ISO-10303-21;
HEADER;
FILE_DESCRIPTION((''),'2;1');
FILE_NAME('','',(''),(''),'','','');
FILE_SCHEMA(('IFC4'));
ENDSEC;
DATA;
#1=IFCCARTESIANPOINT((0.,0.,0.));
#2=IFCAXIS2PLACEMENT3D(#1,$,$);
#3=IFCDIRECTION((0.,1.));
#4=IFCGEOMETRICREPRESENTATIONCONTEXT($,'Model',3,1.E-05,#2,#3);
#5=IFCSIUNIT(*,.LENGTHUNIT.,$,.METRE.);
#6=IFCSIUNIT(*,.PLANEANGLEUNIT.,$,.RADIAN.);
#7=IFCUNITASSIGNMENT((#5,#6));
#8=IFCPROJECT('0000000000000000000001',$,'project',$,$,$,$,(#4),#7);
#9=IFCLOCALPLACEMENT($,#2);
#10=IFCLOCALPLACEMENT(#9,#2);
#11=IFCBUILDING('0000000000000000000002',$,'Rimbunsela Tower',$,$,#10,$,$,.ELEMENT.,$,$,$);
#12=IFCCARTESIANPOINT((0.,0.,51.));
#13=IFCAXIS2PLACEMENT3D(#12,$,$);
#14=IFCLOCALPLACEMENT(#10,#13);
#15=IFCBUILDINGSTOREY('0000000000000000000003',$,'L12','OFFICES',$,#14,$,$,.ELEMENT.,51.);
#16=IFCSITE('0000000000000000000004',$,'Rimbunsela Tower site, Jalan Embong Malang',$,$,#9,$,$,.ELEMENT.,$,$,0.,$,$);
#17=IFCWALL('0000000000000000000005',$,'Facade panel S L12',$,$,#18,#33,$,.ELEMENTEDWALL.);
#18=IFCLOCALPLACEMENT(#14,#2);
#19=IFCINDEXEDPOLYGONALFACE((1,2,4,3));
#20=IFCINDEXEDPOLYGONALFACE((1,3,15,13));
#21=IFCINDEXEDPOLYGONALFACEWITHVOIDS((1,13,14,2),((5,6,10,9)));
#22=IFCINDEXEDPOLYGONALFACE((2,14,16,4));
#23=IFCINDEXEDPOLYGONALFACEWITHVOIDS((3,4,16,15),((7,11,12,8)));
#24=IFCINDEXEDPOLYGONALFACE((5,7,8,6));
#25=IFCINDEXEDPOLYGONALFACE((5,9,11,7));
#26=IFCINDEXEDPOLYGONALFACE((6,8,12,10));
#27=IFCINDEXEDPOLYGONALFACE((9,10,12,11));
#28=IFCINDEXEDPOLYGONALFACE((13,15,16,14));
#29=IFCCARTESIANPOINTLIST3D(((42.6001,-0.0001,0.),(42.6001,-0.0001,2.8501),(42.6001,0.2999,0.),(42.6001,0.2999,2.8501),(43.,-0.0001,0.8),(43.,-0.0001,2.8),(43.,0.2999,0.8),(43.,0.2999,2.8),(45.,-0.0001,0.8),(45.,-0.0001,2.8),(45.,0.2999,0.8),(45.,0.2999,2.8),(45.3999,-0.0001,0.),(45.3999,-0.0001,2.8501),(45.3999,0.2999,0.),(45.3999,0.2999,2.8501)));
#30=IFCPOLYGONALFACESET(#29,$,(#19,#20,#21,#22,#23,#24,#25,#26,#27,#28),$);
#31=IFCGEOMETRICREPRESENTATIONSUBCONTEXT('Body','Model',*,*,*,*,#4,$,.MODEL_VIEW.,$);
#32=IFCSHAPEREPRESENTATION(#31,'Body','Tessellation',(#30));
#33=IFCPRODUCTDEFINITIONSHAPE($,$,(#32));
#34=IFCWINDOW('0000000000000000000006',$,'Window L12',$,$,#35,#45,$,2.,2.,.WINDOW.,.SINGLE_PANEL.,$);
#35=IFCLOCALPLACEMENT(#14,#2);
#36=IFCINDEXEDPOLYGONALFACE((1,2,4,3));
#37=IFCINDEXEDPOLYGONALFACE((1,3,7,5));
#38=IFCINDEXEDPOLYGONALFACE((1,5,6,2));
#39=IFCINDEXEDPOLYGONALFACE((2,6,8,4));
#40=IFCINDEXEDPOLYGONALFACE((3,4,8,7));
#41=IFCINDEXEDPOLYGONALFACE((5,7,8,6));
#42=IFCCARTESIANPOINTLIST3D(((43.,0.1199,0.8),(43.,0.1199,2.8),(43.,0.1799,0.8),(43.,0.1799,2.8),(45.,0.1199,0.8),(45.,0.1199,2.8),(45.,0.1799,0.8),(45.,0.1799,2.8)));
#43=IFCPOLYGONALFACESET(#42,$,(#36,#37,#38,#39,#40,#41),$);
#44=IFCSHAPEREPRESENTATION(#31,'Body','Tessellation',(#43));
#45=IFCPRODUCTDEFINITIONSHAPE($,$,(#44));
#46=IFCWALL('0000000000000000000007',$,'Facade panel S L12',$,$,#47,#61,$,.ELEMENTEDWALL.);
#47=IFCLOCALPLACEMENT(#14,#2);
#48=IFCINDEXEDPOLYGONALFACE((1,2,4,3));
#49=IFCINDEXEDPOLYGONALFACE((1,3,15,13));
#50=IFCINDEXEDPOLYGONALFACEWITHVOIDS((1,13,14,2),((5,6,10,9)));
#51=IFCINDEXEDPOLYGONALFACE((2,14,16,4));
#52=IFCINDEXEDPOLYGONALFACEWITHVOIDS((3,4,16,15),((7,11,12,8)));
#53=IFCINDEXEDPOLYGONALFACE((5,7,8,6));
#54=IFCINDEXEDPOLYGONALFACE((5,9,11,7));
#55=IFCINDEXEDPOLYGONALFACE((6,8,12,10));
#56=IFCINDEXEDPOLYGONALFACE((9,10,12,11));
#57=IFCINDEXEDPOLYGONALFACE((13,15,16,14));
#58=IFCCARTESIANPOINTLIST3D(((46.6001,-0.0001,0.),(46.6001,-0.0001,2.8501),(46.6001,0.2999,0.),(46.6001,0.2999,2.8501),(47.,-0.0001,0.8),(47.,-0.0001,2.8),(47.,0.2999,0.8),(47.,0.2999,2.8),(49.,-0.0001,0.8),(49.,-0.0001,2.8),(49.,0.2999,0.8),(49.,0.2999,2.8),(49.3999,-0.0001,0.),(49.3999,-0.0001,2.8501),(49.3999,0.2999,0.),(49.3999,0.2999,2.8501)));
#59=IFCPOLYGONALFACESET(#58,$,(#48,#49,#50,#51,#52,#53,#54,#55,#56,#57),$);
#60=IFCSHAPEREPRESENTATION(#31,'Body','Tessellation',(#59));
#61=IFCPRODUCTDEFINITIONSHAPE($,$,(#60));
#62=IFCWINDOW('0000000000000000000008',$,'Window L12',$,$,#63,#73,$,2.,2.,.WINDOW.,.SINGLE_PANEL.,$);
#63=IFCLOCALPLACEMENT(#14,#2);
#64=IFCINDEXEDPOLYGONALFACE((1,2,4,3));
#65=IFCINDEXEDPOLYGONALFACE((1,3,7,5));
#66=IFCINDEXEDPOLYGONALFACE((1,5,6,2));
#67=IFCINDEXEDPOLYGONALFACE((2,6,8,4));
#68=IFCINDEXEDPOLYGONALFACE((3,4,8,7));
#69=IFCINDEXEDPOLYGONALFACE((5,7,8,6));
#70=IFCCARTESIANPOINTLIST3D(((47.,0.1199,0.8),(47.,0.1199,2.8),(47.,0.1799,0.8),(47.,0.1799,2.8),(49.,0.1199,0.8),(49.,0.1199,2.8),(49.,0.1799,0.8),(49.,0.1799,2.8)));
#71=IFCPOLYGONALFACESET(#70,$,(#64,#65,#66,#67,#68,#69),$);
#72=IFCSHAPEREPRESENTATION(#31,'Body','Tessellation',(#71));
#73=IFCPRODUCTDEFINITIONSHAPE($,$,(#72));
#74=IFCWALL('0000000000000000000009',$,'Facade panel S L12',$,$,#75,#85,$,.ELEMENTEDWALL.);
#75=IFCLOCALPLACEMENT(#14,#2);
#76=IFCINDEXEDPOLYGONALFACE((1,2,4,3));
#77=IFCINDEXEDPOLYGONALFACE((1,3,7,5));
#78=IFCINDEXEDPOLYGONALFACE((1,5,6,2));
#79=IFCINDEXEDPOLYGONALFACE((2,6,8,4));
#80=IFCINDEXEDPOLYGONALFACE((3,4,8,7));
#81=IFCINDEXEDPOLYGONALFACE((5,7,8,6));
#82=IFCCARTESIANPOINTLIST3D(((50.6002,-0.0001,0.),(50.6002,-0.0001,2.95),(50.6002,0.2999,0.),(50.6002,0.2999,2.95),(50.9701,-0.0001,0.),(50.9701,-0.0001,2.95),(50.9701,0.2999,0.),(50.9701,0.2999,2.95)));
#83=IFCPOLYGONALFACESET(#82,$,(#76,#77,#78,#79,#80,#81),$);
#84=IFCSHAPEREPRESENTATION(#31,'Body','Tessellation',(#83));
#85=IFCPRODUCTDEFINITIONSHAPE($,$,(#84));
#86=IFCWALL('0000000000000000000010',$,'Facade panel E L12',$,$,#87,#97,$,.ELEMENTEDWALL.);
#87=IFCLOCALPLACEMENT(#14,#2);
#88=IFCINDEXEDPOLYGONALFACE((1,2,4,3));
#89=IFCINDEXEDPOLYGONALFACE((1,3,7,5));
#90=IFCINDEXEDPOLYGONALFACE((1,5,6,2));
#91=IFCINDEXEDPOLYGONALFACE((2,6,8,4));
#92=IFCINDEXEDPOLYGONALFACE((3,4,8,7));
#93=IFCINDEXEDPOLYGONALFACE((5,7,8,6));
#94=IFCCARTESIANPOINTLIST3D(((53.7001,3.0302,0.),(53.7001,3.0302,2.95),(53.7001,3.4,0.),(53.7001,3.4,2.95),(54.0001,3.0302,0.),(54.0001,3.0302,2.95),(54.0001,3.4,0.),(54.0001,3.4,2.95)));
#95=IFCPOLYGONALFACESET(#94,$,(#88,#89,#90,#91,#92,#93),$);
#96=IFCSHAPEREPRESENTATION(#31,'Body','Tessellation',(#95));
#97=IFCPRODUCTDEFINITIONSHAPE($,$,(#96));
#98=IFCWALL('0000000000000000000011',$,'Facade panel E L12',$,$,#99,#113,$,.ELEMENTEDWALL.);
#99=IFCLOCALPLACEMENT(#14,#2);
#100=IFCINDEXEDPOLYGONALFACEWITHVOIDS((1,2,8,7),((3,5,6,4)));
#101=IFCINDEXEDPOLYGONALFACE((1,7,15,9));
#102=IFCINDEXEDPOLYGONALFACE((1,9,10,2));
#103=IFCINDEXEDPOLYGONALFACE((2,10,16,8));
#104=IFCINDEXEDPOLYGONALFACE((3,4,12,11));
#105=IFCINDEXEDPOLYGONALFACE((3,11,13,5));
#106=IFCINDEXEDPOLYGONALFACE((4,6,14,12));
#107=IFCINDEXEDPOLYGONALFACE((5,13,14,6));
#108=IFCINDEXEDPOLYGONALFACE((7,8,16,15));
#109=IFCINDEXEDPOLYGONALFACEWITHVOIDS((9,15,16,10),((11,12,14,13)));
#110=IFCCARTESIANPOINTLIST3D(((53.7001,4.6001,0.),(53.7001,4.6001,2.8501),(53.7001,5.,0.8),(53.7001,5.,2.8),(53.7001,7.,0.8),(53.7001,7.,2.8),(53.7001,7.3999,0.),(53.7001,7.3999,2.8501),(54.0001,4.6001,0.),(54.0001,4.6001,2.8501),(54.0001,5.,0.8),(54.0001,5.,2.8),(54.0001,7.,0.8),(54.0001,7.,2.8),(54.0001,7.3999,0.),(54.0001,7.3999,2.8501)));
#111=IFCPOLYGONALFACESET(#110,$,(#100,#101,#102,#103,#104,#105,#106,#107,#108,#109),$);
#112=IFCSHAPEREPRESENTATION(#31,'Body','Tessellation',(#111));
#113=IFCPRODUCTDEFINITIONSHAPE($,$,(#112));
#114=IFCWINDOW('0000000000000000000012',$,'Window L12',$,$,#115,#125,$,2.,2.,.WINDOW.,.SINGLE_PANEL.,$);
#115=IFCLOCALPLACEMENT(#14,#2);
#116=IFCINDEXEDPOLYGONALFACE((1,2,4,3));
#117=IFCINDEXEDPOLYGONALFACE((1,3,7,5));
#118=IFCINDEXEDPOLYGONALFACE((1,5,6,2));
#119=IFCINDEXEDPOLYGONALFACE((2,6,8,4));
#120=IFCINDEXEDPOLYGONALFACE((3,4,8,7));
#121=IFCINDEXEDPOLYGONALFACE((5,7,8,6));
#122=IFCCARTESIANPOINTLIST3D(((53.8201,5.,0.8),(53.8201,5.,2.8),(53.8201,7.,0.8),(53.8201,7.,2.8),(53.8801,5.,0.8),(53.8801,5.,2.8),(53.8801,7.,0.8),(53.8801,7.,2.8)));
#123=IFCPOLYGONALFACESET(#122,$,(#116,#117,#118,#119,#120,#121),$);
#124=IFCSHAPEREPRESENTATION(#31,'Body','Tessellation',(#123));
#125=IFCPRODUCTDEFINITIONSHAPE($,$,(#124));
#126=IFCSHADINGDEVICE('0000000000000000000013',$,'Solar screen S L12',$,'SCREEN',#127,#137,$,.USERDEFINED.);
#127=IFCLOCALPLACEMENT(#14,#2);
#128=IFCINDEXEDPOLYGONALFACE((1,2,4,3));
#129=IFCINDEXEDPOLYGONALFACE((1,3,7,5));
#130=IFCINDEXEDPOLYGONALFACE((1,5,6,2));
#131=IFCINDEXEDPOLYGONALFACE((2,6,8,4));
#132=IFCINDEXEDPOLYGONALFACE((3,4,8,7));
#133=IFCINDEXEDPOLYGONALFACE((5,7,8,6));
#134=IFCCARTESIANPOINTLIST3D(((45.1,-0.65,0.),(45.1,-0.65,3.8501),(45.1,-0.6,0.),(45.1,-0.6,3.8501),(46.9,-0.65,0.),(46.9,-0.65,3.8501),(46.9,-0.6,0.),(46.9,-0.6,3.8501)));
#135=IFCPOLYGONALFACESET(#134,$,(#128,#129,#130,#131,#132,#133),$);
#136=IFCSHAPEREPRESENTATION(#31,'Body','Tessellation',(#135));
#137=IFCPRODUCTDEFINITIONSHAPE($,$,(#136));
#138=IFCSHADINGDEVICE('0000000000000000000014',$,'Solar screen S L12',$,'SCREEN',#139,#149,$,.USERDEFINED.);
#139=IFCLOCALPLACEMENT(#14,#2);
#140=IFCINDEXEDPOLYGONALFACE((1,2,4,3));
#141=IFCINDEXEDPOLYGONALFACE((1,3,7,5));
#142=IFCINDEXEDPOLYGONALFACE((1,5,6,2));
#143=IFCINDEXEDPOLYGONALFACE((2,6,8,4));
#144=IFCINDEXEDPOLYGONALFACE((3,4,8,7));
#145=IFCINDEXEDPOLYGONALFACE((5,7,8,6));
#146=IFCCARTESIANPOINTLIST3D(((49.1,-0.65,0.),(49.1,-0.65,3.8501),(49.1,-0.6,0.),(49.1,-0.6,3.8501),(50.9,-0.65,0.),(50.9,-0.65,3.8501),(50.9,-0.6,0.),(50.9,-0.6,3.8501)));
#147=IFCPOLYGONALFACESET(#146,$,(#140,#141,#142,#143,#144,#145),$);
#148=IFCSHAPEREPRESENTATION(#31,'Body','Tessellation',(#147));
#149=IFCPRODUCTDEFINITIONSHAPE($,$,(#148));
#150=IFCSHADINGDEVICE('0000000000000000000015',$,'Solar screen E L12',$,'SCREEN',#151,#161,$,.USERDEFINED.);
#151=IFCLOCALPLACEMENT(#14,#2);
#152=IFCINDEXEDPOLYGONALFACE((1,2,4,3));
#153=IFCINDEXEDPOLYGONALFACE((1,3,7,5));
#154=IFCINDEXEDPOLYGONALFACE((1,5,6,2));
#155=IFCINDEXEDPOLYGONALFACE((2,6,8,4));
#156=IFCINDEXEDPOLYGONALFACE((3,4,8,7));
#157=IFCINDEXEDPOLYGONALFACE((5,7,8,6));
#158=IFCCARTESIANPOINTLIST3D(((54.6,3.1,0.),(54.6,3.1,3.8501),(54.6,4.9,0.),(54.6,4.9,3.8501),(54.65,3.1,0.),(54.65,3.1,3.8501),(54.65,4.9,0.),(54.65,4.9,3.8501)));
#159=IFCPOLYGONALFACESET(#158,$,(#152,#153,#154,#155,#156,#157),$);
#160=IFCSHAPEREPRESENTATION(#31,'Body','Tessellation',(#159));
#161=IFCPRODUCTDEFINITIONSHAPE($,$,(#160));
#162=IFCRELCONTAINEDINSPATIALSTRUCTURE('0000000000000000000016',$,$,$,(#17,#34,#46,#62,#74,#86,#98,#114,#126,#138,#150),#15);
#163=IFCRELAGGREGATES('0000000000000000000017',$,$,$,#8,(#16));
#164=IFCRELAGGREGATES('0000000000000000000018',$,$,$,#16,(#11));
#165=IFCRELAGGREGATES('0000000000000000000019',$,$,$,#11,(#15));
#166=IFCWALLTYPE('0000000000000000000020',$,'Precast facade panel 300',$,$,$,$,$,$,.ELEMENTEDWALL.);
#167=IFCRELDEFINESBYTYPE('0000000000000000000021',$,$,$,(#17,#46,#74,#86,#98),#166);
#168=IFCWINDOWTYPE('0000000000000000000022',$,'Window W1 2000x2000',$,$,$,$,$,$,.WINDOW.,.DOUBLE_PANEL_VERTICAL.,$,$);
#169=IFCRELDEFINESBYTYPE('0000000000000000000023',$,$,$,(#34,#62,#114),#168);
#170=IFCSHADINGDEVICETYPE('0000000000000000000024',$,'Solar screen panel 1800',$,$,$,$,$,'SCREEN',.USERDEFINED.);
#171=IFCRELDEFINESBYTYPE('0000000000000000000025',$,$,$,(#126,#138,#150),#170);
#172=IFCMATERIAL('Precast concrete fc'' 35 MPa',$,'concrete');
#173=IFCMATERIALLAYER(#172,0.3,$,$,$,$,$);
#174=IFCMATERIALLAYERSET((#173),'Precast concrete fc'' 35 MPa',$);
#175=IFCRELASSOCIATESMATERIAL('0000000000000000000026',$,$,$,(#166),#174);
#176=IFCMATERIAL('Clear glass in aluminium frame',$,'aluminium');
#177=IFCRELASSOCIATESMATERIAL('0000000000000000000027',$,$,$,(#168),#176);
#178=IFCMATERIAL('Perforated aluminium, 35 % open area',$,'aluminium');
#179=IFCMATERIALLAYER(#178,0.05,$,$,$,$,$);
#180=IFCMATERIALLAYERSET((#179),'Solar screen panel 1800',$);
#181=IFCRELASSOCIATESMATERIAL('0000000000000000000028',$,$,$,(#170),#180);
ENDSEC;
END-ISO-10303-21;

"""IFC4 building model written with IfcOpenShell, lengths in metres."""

from ifc_helpers import new_model, si_unit, direction, frame, frame_2d, origin, origin_2d, place, context, subcontext, project, spatial, rectangle, extrude, material, layer, layer_set, type_object, element, fill, save


model = new_model("IFC4")

# Units and contexts
model_context = context("Model", 3, precision=1e-05, world=origin(), true_north=direction((0.0, 1.0)))
body_context = subcontext(model_context, "Body", "Model", "MODEL_VIEW")
ifc_project = project(units=[si_unit("LENGTHUNIT", "METRE"), si_unit("PLANEANGLEUNIT", "RADIAN")], contexts=[model_context])

# Site, building, storey
site_placement = place(None, origin())
site = spatial("IfcSite", under=ifc_project, at=site_placement, Name="Rimbunsela Tower site, Jalan Embong Malang", CompositionType="ELEMENT", RefElevation=0.0)
building_placement = place(site_placement, origin())
building = spatial("IfcBuilding", under=site, at=building_placement, Name="Rimbunsela Tower", CompositionType="ELEMENT")
storey_placement = place(building_placement, frame((0.0, 0.0, 51.0)))
storey = spatial("IfcBuildingStorey", under=building, at=storey_placement, Name="L12", Description="OFFICES", CompositionType="ELEMENT", Elevation=51.0)

# Walls, openings, windows
ifc_material_1 = material(Name="Precast concrete fc' 35 MPa", Category="concrete")
ifc_layer_1 = layer(ifc_material_1, 0.3)
ifc_layer_set_1 = layer_set([ifc_layer_1], Name="Precast concrete fc' 35 MPa")
wall_type = type_object("IfcWallType", Name="Precast facade panel 300", PredefinedType="ELEMENTEDWALL", material=ifc_layer_set_1)
wall_1_placement = place(storey_placement, frame((42.6001, 0.1499, 0.0), z_axis=(0.0, 0.0, 1.0), x_axis=(1.0, 0.0, 0.0)))
wall_1 = element("IfcWall", 1, at=wall_1_placement, inside=storey, type_object=wall_type, Name="Facade panel S L12", PredefinedType="ELEMENTEDWALL", context=body_context, shape_type="SweptSolid", body=[
    extrude(rectangle(XDim=2.7998, YDim=0.3, at=frame_2d((1.3999, 0.0))), origin(), (0.0, 0.0, 1.0), 2.8501),
])
opening_1_placement = place(wall_1_placement, frame((0.3999, 0.0, 0.8)))
opening_1 = element("IfcOpeningElement", 2, at=opening_1_placement, cuts=wall_1, PredefinedType="OPENING", context=body_context, shape_type="SweptSolid", body=[
    extrude(rectangle(XDim=2.0, YDim=2.0, at=frame_2d((1.0, 1.0))), frame((0.0, 0.1599, 0.0), z_axis=(0.0, -1.0, 0.0), x_axis=(1.0, 0.0, 0.0)), (0.0, 0.0, 1.0), 0.3201),
])
ifc_material_2 = material(Name="Clear glass in aluminium frame", Category="aluminium")
window_type = type_object("IfcWindowType", Name="Window W1 2000x2000", PartitioningType="DOUBLE_PANEL_VERTICAL", PredefinedType="WINDOW", material=ifc_material_2)
window_1_placement = place(opening_1_placement, origin())
window_1 = element("IfcWindow", 3, at=window_1_placement, inside=storey, type_object=window_type, Name="Window L12", OverallHeight=2.0, OverallWidth=2.0, PartitioningType="SINGLE_PANEL", PredefinedType="WINDOW", context=body_context, shape_type="SweptSolid", body=[
    extrude(rectangle(XDim=2.0, YDim=2.0, at=frame_2d((1.0, 1.0))), frame((0.0, 0.03, 0.0), z_axis=(0.0, -1.0, 0.0), x_axis=(1.0, 0.0, 0.0)), (0.0, 0.0, 1.0), 0.0601),
])
fill(opening_1, window_1)
wall_2_placement = place(storey_placement, frame((46.6001, 0.1499, 0.0), z_axis=(0.0, 0.0, 1.0), x_axis=(1.0, 0.0, 0.0)))
wall_2 = element("IfcWall", 4, at=wall_2_placement, inside=storey, type_object=wall_type, Name="Facade panel S L12", PredefinedType="ELEMENTEDWALL", context=body_context, shape_type="SweptSolid", body=[
    extrude(rectangle(XDim=2.7998, YDim=0.3, at=frame_2d((1.3999, 0.0))), origin(), (0.0, 0.0, 1.0), 2.8501),
])
opening_2_placement = place(wall_2_placement, frame((0.3999, 0.0, 0.8)))
opening_2 = element("IfcOpeningElement", 5, at=opening_2_placement, cuts=wall_2, PredefinedType="OPENING", context=body_context, shape_type="SweptSolid", body=[
    extrude(rectangle(XDim=2.0, YDim=2.0, at=frame_2d((1.0, 1.0))), frame((0.0, 0.1599, 0.0), z_axis=(0.0, -1.0, 0.0), x_axis=(1.0, 0.0, 0.0)), (0.0, 0.0, 1.0), 0.3201),
])
window_2_placement = place(opening_2_placement, origin())
window_2 = element("IfcWindow", 6, at=window_2_placement, inside=storey, type_object=window_type, Name="Window L12", OverallHeight=2.0, OverallWidth=2.0, PartitioningType="SINGLE_PANEL", PredefinedType="WINDOW", context=body_context, shape_type="SweptSolid", body=[
    extrude(rectangle(XDim=2.0, YDim=2.0, at=frame_2d((1.0, 1.0))), frame((0.0, 0.03, 0.0), z_axis=(0.0, -1.0, 0.0), x_axis=(1.0, 0.0, 0.0)), (0.0, 0.0, 1.0), 0.0601),
])
fill(opening_2, window_2)

# Walls
for number, where, z_axis, x_axis, name in (
    (7, (50.6001, 0.1499, 0.0), (0.0, 0.0, 1.0), (1.0, 0.0, 0.0), "Facade panel S L12"),
    (8, (53.8501, 3.03, 0.0), (0.0, 0.0, 1.0), (0.0, 1.0, 0.0), "Facade panel E L12"),
):
    element("IfcWall", number, at=place(storey_placement, frame(where, z_axis=z_axis, x_axis=x_axis)), inside=storey, type_object=wall_type, Name=name, PredefinedType="ELEMENTEDWALL", context=body_context, shape_type="SweptSolid", body=[
        extrude(rectangle(XDim=0.3699, YDim=0.3, at=frame_2d((0.1851, 0.0))), origin(), (0.0, 0.0, 1.0), 2.95),
    ])

# Wall, opening, window
wall_3_placement = place(storey_placement, frame((53.8501, 4.6001, 0.0), z_axis=(0.0, 0.0, 1.0), x_axis=(0.0, 1.0, 0.0)))
wall_3 = element("IfcWall", 9, at=wall_3_placement, inside=storey, type_object=wall_type, Name="Facade panel E L12", PredefinedType="ELEMENTEDWALL", context=body_context, shape_type="SweptSolid", body=[
    extrude(rectangle(XDim=2.7998, YDim=0.3, at=frame_2d((1.3999, 0.0))), origin(), (0.0, 0.0, 1.0), 2.8501),
])
opening_3_placement = place(wall_3_placement, frame((0.3999, 0.0, 0.8)))
opening_3 = element("IfcOpeningElement", 10, at=opening_3_placement, cuts=wall_3, PredefinedType="OPENING", context=body_context, shape_type="SweptSolid", body=[
    extrude(rectangle(XDim=2.0, YDim=2.0, at=frame_2d((1.0, 1.0))), frame((0.0, 0.1599, 0.0), z_axis=(0.0, -1.0, 0.0), x_axis=(1.0, 0.0, 0.0)), (0.0, 0.0, 1.0), 0.3201),
])
window_3_placement = place(opening_3_placement, origin())
window_3 = element("IfcWindow", 11, at=window_3_placement, inside=storey, type_object=window_type, Name="Window L12", OverallHeight=2.0, OverallWidth=2.0, PartitioningType="SINGLE_PANEL", PredefinedType="WINDOW", context=body_context, shape_type="SweptSolid", body=[
    extrude(rectangle(XDim=2.0, YDim=2.0, at=frame_2d((1.0, 1.0))), frame((0.0, 0.03, 0.0), z_axis=(0.0, -1.0, 0.0), x_axis=(1.0, 0.0, 0.0)), (0.0, 0.0, 1.0), 0.0601),
])
fill(opening_3, window_3)

# Shading devices
ifc_material_3 = material(Name="Perforated aluminium, 35 % open area", Category="aluminium")
ifc_layer_2 = layer(ifc_material_3, 0.05)
ifc_layer_set_2 = layer_set([ifc_layer_2], Name="Solar screen panel 1800")
shading_device_type = type_object("IfcShadingDeviceType", Name="Solar screen panel 1800", ElementType="SCREEN", PredefinedType="USERDEFINED", material=ifc_layer_set_2)
for number, where, z_axis, x_axis, name in (
    (12, (46.0, -0.625, 0.0), (0.0, 0.0, 1.0), (1.0, 0.0, 0.0), "Solar screen S L12"),
    (13, (50.0, -0.625, 0.0), (0.0, 0.0, 1.0), (1.0, 0.0, 0.0), "Solar screen S L12"),
    (14, (54.625, 4.0, 0.0), (0.0, 0.0, 1.0), (0.0, 1.0, 0.0), "Solar screen E L12"),
):
    element("IfcShadingDevice", number, at=place(storey_placement, frame(where, z_axis=z_axis, x_axis=x_axis)), inside=storey, type_object=shading_device_type, Name=name, ObjectType="SCREEN", PredefinedType="USERDEFINED", context=body_context, shape_type="SweptSolid", body=[
        extrude(rectangle(XDim=1.8, YDim=0.05, at=origin_2d()), origin(), (0.0, 0.0, 1.0), 3.8501),
    ])

save(model, "model.ifc")
